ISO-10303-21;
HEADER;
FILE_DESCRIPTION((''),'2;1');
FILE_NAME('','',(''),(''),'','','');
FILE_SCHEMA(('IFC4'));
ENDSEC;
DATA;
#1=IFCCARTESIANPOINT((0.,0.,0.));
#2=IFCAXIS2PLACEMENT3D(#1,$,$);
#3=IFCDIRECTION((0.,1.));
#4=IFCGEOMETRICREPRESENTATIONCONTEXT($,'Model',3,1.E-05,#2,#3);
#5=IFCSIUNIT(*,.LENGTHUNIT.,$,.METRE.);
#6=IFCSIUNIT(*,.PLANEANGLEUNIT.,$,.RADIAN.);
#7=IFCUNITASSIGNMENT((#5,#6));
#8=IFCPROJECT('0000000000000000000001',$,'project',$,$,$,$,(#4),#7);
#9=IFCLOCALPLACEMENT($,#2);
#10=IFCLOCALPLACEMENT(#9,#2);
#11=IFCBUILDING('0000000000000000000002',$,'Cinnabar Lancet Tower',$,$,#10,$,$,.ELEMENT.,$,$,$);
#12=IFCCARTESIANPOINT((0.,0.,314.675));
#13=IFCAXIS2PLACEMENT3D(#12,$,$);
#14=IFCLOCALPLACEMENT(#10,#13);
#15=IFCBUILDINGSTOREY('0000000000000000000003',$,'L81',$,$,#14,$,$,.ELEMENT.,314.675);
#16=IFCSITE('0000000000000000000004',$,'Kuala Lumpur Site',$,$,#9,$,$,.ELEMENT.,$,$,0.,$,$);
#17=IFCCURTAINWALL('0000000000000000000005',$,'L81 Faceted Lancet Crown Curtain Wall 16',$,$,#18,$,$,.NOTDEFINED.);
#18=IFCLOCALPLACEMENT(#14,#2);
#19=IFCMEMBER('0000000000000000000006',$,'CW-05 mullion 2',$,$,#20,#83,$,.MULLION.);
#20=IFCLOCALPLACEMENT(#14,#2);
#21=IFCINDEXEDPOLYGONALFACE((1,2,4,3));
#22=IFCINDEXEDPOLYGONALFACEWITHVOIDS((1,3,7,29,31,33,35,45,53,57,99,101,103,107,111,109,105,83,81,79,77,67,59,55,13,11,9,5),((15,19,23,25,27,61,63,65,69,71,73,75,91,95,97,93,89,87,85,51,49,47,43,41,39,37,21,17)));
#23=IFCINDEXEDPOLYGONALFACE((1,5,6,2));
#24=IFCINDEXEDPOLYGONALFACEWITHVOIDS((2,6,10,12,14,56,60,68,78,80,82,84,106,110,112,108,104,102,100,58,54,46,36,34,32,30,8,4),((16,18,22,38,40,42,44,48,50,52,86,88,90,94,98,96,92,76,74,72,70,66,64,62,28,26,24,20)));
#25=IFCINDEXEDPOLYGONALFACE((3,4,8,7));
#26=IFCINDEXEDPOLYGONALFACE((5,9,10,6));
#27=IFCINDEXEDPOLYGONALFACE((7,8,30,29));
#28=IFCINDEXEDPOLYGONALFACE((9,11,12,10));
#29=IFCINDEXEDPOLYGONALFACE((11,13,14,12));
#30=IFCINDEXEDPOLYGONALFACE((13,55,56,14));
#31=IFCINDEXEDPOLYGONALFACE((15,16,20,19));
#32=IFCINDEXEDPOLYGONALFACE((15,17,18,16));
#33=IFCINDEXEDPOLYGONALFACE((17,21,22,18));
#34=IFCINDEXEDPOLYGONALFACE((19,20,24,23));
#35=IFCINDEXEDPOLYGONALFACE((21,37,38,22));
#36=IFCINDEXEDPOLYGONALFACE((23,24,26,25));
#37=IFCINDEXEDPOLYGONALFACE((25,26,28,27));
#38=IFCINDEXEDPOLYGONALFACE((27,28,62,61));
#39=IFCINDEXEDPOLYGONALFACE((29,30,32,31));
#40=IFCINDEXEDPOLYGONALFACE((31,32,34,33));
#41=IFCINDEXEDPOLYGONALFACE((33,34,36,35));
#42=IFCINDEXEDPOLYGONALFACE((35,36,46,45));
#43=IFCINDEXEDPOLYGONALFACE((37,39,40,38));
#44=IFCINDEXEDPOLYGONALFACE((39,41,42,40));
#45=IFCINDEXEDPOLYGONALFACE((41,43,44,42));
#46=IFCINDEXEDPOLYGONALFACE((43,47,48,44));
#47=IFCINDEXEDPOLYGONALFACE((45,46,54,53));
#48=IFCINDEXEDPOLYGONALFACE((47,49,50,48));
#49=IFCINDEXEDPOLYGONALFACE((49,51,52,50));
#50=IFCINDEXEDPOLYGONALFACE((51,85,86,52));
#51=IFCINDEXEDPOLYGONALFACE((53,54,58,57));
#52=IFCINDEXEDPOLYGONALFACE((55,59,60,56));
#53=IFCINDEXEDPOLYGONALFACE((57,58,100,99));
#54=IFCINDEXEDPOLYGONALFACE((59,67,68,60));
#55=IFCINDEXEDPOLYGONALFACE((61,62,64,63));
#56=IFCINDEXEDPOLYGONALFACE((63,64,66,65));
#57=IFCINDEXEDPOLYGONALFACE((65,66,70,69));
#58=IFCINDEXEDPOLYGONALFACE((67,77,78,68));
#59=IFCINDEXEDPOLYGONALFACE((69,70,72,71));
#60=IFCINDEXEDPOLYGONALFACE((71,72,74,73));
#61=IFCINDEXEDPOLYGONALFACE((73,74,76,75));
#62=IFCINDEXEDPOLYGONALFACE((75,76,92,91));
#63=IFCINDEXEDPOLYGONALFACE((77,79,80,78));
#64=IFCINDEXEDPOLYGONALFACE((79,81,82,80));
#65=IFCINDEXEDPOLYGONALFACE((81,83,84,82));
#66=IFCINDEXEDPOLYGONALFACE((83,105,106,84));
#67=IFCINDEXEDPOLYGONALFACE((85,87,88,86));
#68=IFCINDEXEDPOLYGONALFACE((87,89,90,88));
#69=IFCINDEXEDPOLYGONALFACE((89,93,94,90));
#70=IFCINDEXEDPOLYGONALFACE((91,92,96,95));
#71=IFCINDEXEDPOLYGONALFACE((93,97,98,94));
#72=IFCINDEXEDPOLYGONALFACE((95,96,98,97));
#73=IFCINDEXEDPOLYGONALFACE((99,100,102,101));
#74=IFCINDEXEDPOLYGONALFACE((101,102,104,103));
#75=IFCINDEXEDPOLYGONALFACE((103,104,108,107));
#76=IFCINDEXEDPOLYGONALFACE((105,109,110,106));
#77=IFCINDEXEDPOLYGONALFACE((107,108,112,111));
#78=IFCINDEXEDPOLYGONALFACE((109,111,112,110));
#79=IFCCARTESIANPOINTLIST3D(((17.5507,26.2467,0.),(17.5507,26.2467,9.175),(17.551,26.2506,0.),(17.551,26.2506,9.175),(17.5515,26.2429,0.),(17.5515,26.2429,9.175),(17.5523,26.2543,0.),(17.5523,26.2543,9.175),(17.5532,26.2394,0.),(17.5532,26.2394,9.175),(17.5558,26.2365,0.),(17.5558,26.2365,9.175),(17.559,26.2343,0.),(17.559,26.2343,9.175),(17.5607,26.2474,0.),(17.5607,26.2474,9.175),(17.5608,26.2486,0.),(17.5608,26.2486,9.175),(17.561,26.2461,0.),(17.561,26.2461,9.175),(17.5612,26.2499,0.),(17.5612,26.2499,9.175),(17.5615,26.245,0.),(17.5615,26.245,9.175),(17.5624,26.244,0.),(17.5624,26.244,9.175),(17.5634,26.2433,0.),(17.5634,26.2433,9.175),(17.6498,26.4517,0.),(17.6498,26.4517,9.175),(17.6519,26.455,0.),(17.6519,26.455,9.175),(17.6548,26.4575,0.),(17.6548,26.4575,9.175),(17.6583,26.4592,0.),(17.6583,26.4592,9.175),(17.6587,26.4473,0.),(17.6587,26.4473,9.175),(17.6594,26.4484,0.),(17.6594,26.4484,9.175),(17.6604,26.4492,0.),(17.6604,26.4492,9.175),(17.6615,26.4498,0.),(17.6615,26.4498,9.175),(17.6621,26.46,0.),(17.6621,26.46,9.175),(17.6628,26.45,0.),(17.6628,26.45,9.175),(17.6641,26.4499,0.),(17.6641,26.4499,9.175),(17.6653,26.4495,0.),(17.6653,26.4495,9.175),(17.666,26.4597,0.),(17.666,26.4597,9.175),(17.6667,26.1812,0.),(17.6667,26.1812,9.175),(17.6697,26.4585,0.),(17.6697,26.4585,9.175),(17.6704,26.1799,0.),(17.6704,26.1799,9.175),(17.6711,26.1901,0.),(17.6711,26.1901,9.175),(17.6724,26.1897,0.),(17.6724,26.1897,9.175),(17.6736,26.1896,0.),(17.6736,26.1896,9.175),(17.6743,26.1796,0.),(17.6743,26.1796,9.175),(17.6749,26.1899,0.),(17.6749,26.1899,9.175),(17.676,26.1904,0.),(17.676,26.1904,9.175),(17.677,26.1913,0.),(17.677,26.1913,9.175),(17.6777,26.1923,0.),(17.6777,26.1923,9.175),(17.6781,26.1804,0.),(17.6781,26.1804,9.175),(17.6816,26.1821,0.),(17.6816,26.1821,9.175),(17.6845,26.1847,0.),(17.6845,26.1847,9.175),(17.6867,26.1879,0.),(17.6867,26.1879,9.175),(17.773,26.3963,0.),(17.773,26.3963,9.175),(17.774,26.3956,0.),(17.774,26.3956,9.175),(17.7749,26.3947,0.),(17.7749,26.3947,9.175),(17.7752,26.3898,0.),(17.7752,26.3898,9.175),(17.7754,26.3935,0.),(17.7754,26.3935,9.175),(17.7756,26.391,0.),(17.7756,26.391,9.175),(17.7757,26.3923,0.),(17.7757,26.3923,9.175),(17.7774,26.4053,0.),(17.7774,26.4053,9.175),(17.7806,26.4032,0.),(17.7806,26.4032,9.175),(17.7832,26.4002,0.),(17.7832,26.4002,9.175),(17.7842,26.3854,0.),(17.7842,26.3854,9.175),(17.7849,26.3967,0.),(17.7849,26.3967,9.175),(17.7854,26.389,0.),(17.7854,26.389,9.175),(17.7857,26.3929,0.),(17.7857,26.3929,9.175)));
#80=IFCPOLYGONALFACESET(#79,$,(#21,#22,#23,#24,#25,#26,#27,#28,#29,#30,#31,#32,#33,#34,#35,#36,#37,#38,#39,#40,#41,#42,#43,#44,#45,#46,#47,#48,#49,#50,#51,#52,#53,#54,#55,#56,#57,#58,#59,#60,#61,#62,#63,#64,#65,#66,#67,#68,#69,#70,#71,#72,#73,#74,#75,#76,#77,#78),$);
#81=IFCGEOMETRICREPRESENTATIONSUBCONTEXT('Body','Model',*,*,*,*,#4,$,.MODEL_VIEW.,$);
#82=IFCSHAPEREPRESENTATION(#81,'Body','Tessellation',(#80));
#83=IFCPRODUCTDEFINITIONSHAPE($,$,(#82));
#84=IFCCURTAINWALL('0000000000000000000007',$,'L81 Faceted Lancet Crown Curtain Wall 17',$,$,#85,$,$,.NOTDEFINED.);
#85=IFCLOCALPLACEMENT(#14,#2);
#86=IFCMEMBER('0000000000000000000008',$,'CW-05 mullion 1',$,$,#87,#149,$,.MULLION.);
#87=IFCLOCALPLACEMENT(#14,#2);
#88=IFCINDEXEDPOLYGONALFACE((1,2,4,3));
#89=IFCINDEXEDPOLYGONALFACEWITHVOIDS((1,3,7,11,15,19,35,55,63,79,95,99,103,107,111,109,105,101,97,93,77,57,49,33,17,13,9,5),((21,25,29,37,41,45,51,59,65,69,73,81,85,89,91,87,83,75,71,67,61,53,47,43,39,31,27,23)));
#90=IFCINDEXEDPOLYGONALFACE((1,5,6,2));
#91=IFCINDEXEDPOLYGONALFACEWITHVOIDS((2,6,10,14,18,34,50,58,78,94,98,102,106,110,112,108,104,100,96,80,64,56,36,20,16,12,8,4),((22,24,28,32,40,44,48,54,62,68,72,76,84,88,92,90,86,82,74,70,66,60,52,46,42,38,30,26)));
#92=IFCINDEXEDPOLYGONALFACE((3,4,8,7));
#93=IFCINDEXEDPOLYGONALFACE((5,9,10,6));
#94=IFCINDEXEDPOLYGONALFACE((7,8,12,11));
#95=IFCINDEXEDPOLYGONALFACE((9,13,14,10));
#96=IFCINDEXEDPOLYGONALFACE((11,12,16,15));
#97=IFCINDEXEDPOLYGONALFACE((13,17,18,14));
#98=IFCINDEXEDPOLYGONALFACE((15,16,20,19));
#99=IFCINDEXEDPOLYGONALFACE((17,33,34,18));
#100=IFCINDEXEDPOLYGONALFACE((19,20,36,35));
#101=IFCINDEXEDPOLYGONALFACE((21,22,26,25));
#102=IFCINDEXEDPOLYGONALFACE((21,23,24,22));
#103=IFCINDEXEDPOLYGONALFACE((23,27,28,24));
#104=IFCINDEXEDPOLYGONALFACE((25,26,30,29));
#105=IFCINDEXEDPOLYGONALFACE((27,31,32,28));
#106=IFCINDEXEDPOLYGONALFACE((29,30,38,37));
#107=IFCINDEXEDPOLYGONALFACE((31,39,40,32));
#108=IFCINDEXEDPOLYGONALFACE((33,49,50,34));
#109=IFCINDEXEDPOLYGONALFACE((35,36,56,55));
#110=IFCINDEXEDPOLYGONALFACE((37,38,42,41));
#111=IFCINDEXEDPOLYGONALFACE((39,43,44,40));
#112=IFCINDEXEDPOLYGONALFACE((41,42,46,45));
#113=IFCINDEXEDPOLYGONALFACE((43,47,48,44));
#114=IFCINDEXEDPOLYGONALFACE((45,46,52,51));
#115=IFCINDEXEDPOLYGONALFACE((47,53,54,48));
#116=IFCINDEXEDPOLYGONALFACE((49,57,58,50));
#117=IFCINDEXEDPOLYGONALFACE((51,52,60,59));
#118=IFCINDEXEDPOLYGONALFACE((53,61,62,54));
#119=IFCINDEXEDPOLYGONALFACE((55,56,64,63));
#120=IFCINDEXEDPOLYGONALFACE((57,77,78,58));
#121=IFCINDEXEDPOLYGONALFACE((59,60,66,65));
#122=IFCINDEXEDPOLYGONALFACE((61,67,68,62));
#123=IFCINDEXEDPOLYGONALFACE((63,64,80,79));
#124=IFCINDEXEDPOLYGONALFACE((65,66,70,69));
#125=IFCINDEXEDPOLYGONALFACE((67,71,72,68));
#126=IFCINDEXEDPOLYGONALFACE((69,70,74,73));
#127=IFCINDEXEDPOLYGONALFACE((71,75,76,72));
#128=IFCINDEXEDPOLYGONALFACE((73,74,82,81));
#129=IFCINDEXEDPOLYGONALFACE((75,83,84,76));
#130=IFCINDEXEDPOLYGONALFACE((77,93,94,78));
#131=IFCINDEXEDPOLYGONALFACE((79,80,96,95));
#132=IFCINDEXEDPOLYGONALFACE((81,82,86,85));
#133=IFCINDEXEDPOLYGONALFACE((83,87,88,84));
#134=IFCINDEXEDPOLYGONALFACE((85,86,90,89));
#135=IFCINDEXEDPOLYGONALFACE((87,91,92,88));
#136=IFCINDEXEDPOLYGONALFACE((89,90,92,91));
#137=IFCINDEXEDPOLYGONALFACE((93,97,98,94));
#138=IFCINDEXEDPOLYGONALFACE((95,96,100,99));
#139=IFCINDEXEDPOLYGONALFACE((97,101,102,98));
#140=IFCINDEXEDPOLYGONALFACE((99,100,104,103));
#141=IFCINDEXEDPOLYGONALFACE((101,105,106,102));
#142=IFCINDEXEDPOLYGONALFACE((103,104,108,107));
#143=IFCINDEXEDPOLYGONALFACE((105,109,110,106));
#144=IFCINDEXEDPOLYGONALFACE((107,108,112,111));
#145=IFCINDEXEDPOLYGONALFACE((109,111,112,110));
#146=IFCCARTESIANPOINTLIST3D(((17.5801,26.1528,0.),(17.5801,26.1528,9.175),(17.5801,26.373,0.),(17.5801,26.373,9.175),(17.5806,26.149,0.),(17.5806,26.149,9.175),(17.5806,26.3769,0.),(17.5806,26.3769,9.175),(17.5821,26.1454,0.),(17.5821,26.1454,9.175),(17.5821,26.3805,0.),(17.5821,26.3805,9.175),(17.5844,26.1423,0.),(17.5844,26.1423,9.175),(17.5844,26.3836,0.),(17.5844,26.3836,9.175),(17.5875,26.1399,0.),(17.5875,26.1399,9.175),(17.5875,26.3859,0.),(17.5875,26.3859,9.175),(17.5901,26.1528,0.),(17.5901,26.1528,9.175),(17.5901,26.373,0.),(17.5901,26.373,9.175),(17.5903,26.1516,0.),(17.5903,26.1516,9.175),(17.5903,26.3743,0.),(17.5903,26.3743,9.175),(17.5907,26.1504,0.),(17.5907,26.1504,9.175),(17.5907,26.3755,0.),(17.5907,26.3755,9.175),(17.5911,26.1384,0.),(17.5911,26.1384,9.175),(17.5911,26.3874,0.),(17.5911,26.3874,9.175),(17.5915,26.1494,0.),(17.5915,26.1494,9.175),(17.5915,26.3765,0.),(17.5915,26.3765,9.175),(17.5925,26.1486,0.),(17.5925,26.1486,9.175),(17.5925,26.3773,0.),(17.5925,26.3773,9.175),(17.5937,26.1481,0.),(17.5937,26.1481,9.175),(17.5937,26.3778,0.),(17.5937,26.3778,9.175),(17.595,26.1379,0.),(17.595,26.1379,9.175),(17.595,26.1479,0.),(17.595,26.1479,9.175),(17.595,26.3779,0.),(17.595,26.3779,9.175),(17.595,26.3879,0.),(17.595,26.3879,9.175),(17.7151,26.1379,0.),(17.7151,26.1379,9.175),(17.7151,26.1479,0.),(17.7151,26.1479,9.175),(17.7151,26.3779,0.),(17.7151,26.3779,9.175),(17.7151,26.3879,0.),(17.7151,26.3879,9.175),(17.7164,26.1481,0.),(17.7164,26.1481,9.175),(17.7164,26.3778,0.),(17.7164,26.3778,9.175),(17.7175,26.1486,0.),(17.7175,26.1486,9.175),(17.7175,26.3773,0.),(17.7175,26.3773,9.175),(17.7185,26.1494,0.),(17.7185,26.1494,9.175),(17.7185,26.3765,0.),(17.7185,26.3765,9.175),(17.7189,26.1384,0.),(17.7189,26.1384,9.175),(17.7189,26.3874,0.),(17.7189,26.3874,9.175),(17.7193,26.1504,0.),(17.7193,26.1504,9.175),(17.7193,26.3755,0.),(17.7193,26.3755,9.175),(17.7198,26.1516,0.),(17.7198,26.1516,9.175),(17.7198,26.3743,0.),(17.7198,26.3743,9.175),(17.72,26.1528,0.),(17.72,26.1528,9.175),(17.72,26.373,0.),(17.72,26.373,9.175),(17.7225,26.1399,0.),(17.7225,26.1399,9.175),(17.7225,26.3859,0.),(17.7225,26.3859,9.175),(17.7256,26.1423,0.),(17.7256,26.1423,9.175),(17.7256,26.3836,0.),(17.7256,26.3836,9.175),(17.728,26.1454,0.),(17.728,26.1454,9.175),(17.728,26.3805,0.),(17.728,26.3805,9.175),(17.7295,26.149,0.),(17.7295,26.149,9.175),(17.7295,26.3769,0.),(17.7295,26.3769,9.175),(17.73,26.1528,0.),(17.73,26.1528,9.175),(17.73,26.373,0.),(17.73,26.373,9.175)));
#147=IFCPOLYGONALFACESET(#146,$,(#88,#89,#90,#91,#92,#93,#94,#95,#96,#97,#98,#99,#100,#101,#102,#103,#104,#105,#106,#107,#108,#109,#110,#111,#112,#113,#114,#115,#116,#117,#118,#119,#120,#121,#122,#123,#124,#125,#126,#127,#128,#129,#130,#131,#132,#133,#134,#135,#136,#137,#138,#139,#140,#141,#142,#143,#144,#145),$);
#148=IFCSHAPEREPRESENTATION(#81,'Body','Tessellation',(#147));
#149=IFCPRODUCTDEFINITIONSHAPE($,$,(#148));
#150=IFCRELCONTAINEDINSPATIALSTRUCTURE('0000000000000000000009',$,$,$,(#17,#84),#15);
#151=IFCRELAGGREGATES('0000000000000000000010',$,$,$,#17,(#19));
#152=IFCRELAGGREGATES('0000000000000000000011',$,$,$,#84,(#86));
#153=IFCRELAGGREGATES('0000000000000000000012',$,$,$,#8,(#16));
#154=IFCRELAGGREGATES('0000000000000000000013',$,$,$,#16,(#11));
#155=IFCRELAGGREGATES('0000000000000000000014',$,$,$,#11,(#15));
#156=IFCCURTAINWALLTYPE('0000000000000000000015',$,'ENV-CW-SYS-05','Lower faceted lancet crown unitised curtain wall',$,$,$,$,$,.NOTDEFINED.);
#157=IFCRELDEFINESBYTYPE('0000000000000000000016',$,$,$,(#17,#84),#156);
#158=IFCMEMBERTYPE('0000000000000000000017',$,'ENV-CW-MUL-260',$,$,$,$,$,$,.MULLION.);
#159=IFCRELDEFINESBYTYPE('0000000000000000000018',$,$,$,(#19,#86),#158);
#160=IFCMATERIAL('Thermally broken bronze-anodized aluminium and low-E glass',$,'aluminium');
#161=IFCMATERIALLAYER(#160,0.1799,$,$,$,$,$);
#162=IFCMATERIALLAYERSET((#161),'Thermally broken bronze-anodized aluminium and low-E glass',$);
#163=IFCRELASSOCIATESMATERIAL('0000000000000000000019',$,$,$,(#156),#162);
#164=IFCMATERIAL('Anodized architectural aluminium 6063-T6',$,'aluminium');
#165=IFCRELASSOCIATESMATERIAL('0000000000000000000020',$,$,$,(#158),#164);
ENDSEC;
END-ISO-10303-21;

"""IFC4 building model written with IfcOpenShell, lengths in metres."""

from ifc_helpers import new_model, si_unit, direction, frame, origin, origin_2d, place, context, subcontext, project, spatial, hollow_rectangle, extrude, material, layer, layer_set, material_profile, profile_set, type_object, element, aggregate, save


model = new_model("IFC4")

# Units and contexts
model_context = context("Model", 3, precision=1e-05, world=origin(), true_north=direction((0.0, 1.0)))
body_context = subcontext(model_context, "Body", "Model", "MODEL_VIEW")
ifc_project = project(units=[si_unit("LENGTHUNIT", "METRE"), si_unit("PLANEANGLEUNIT", "RADIAN")], contexts=[model_context])

# Site, building, storey
site_placement = place(None, origin())
site = spatial("IfcSite", under=ifc_project, at=site_placement, Name="Kuala Lumpur Site", CompositionType="ELEMENT", RefElevation=0.0)
building_placement = place(site_placement, origin())
building = spatial("IfcBuilding", under=site, at=building_placement, Name="Cinnabar Lancet Tower", CompositionType="ELEMENT")
storey_placement = place(building_placement, frame((0.0, 0.0, 314.675)))
storey = spatial("IfcBuildingStorey", under=building, at=storey_placement, Name="L81", CompositionType="ELEMENT", Elevation=314.675)

# Shared definitions
ifc_material_1 = material(Name="Thermally broken bronze-anodized aluminium and low-E glass", Category="aluminium")
ifc_layer_1 = layer(ifc_material_1, 0.1799)
ifc_layer_set_1 = layer_set([ifc_layer_1], Name="Thermally broken bronze-anodized aluminium and low-E glass")
curtain_wall_type = type_object("IfcCurtainWallType", Name="ENV-CW-SYS-05", Description="Lower faceted lancet crown unitised curtain wall", PredefinedType="NOTDEFINED", material=ifc_layer_set_1)
ifc_material_2 = material(Name="Anodized architectural aluminium 6063-T6", Category="aluminium")
ifc_material_profile_1 = material_profile(ifc_material_2, hollow_rectangle(XDim=0.1499, YDim=0.25, WallThickness=0.01, InnerFilletRadius=0.0049, OuterFilletRadius=0.0149, at=origin_2d()), Name="RHS 250x150x10")
ifc_profile_set_1 = profile_set([ifc_material_profile_1], Name="Anodized architectural aluminium 6063-T6")
member_type_1 = type_object("IfcMemberType", Name="ENV-CW-MUL-260", PredefinedType="MULLION", material=ifc_profile_set_1)

# Curtain wall, member
curtain_wall_1_placement = place(storey_placement, origin())
curtain_wall_1 = element("IfcCurtainWall", 1, at=curtain_wall_1_placement, inside=storey, type_object=curtain_wall_type, Name="L81 Faceted Lancet Crown Curtain Wall 16", PredefinedType="NOTDEFINED")
member_1_placement = place(storey_placement, frame((17.6682, 26.3198, 0.0), z_axis=(0.0, 0.0, 1.0), x_axis=(0.896636, -0.442768, 0.0)))
member_1 = element("IfcMember", 2, at=member_1_placement, type_object=member_type_1, Name="CW-05 mullion 2", PredefinedType="MULLION", context=body_context, shape_type="SweptSolid", body=[
    extrude(hollow_rectangle(XDim=0.1499, YDim=0.25, WallThickness=0.01, InnerFilletRadius=0.0049, OuterFilletRadius=0.0149, at=origin_2d()), origin(), (0.0, 0.0, 1.0), 9.175),
])

# Curtain wall, member
curtain_wall_2_placement = place(storey_placement, origin())
curtain_wall_2 = element("IfcCurtainWall", 3, at=curtain_wall_2_placement, inside=storey, type_object=curtain_wall_type, Name="L81 Faceted Lancet Crown Curtain Wall 17", PredefinedType="NOTDEFINED")
member_2_placement = place(storey_placement, frame((17.655, 26.2629, 0.0), z_axis=(0.0, 0.0, 1.0), x_axis=(1.0, 0.0, 0.0)))
member_2 = element("IfcMember", 4, at=member_2_placement, type_object=member_type_1, Name="CW-05 mullion 1", PredefinedType="MULLION", context=body_context, shape_type="SweptSolid", body=[
    extrude(hollow_rectangle(XDim=0.1499, YDim=0.25, WallThickness=0.01, InnerFilletRadius=0.0049, OuterFilletRadius=0.0149, at=origin_2d()), origin(), (0.0, 0.0, 1.0), 9.175),
])

aggregate(curtain_wall_1, [member_1])
aggregate(curtain_wall_2, [member_2])

save(model, "model.ifc")
